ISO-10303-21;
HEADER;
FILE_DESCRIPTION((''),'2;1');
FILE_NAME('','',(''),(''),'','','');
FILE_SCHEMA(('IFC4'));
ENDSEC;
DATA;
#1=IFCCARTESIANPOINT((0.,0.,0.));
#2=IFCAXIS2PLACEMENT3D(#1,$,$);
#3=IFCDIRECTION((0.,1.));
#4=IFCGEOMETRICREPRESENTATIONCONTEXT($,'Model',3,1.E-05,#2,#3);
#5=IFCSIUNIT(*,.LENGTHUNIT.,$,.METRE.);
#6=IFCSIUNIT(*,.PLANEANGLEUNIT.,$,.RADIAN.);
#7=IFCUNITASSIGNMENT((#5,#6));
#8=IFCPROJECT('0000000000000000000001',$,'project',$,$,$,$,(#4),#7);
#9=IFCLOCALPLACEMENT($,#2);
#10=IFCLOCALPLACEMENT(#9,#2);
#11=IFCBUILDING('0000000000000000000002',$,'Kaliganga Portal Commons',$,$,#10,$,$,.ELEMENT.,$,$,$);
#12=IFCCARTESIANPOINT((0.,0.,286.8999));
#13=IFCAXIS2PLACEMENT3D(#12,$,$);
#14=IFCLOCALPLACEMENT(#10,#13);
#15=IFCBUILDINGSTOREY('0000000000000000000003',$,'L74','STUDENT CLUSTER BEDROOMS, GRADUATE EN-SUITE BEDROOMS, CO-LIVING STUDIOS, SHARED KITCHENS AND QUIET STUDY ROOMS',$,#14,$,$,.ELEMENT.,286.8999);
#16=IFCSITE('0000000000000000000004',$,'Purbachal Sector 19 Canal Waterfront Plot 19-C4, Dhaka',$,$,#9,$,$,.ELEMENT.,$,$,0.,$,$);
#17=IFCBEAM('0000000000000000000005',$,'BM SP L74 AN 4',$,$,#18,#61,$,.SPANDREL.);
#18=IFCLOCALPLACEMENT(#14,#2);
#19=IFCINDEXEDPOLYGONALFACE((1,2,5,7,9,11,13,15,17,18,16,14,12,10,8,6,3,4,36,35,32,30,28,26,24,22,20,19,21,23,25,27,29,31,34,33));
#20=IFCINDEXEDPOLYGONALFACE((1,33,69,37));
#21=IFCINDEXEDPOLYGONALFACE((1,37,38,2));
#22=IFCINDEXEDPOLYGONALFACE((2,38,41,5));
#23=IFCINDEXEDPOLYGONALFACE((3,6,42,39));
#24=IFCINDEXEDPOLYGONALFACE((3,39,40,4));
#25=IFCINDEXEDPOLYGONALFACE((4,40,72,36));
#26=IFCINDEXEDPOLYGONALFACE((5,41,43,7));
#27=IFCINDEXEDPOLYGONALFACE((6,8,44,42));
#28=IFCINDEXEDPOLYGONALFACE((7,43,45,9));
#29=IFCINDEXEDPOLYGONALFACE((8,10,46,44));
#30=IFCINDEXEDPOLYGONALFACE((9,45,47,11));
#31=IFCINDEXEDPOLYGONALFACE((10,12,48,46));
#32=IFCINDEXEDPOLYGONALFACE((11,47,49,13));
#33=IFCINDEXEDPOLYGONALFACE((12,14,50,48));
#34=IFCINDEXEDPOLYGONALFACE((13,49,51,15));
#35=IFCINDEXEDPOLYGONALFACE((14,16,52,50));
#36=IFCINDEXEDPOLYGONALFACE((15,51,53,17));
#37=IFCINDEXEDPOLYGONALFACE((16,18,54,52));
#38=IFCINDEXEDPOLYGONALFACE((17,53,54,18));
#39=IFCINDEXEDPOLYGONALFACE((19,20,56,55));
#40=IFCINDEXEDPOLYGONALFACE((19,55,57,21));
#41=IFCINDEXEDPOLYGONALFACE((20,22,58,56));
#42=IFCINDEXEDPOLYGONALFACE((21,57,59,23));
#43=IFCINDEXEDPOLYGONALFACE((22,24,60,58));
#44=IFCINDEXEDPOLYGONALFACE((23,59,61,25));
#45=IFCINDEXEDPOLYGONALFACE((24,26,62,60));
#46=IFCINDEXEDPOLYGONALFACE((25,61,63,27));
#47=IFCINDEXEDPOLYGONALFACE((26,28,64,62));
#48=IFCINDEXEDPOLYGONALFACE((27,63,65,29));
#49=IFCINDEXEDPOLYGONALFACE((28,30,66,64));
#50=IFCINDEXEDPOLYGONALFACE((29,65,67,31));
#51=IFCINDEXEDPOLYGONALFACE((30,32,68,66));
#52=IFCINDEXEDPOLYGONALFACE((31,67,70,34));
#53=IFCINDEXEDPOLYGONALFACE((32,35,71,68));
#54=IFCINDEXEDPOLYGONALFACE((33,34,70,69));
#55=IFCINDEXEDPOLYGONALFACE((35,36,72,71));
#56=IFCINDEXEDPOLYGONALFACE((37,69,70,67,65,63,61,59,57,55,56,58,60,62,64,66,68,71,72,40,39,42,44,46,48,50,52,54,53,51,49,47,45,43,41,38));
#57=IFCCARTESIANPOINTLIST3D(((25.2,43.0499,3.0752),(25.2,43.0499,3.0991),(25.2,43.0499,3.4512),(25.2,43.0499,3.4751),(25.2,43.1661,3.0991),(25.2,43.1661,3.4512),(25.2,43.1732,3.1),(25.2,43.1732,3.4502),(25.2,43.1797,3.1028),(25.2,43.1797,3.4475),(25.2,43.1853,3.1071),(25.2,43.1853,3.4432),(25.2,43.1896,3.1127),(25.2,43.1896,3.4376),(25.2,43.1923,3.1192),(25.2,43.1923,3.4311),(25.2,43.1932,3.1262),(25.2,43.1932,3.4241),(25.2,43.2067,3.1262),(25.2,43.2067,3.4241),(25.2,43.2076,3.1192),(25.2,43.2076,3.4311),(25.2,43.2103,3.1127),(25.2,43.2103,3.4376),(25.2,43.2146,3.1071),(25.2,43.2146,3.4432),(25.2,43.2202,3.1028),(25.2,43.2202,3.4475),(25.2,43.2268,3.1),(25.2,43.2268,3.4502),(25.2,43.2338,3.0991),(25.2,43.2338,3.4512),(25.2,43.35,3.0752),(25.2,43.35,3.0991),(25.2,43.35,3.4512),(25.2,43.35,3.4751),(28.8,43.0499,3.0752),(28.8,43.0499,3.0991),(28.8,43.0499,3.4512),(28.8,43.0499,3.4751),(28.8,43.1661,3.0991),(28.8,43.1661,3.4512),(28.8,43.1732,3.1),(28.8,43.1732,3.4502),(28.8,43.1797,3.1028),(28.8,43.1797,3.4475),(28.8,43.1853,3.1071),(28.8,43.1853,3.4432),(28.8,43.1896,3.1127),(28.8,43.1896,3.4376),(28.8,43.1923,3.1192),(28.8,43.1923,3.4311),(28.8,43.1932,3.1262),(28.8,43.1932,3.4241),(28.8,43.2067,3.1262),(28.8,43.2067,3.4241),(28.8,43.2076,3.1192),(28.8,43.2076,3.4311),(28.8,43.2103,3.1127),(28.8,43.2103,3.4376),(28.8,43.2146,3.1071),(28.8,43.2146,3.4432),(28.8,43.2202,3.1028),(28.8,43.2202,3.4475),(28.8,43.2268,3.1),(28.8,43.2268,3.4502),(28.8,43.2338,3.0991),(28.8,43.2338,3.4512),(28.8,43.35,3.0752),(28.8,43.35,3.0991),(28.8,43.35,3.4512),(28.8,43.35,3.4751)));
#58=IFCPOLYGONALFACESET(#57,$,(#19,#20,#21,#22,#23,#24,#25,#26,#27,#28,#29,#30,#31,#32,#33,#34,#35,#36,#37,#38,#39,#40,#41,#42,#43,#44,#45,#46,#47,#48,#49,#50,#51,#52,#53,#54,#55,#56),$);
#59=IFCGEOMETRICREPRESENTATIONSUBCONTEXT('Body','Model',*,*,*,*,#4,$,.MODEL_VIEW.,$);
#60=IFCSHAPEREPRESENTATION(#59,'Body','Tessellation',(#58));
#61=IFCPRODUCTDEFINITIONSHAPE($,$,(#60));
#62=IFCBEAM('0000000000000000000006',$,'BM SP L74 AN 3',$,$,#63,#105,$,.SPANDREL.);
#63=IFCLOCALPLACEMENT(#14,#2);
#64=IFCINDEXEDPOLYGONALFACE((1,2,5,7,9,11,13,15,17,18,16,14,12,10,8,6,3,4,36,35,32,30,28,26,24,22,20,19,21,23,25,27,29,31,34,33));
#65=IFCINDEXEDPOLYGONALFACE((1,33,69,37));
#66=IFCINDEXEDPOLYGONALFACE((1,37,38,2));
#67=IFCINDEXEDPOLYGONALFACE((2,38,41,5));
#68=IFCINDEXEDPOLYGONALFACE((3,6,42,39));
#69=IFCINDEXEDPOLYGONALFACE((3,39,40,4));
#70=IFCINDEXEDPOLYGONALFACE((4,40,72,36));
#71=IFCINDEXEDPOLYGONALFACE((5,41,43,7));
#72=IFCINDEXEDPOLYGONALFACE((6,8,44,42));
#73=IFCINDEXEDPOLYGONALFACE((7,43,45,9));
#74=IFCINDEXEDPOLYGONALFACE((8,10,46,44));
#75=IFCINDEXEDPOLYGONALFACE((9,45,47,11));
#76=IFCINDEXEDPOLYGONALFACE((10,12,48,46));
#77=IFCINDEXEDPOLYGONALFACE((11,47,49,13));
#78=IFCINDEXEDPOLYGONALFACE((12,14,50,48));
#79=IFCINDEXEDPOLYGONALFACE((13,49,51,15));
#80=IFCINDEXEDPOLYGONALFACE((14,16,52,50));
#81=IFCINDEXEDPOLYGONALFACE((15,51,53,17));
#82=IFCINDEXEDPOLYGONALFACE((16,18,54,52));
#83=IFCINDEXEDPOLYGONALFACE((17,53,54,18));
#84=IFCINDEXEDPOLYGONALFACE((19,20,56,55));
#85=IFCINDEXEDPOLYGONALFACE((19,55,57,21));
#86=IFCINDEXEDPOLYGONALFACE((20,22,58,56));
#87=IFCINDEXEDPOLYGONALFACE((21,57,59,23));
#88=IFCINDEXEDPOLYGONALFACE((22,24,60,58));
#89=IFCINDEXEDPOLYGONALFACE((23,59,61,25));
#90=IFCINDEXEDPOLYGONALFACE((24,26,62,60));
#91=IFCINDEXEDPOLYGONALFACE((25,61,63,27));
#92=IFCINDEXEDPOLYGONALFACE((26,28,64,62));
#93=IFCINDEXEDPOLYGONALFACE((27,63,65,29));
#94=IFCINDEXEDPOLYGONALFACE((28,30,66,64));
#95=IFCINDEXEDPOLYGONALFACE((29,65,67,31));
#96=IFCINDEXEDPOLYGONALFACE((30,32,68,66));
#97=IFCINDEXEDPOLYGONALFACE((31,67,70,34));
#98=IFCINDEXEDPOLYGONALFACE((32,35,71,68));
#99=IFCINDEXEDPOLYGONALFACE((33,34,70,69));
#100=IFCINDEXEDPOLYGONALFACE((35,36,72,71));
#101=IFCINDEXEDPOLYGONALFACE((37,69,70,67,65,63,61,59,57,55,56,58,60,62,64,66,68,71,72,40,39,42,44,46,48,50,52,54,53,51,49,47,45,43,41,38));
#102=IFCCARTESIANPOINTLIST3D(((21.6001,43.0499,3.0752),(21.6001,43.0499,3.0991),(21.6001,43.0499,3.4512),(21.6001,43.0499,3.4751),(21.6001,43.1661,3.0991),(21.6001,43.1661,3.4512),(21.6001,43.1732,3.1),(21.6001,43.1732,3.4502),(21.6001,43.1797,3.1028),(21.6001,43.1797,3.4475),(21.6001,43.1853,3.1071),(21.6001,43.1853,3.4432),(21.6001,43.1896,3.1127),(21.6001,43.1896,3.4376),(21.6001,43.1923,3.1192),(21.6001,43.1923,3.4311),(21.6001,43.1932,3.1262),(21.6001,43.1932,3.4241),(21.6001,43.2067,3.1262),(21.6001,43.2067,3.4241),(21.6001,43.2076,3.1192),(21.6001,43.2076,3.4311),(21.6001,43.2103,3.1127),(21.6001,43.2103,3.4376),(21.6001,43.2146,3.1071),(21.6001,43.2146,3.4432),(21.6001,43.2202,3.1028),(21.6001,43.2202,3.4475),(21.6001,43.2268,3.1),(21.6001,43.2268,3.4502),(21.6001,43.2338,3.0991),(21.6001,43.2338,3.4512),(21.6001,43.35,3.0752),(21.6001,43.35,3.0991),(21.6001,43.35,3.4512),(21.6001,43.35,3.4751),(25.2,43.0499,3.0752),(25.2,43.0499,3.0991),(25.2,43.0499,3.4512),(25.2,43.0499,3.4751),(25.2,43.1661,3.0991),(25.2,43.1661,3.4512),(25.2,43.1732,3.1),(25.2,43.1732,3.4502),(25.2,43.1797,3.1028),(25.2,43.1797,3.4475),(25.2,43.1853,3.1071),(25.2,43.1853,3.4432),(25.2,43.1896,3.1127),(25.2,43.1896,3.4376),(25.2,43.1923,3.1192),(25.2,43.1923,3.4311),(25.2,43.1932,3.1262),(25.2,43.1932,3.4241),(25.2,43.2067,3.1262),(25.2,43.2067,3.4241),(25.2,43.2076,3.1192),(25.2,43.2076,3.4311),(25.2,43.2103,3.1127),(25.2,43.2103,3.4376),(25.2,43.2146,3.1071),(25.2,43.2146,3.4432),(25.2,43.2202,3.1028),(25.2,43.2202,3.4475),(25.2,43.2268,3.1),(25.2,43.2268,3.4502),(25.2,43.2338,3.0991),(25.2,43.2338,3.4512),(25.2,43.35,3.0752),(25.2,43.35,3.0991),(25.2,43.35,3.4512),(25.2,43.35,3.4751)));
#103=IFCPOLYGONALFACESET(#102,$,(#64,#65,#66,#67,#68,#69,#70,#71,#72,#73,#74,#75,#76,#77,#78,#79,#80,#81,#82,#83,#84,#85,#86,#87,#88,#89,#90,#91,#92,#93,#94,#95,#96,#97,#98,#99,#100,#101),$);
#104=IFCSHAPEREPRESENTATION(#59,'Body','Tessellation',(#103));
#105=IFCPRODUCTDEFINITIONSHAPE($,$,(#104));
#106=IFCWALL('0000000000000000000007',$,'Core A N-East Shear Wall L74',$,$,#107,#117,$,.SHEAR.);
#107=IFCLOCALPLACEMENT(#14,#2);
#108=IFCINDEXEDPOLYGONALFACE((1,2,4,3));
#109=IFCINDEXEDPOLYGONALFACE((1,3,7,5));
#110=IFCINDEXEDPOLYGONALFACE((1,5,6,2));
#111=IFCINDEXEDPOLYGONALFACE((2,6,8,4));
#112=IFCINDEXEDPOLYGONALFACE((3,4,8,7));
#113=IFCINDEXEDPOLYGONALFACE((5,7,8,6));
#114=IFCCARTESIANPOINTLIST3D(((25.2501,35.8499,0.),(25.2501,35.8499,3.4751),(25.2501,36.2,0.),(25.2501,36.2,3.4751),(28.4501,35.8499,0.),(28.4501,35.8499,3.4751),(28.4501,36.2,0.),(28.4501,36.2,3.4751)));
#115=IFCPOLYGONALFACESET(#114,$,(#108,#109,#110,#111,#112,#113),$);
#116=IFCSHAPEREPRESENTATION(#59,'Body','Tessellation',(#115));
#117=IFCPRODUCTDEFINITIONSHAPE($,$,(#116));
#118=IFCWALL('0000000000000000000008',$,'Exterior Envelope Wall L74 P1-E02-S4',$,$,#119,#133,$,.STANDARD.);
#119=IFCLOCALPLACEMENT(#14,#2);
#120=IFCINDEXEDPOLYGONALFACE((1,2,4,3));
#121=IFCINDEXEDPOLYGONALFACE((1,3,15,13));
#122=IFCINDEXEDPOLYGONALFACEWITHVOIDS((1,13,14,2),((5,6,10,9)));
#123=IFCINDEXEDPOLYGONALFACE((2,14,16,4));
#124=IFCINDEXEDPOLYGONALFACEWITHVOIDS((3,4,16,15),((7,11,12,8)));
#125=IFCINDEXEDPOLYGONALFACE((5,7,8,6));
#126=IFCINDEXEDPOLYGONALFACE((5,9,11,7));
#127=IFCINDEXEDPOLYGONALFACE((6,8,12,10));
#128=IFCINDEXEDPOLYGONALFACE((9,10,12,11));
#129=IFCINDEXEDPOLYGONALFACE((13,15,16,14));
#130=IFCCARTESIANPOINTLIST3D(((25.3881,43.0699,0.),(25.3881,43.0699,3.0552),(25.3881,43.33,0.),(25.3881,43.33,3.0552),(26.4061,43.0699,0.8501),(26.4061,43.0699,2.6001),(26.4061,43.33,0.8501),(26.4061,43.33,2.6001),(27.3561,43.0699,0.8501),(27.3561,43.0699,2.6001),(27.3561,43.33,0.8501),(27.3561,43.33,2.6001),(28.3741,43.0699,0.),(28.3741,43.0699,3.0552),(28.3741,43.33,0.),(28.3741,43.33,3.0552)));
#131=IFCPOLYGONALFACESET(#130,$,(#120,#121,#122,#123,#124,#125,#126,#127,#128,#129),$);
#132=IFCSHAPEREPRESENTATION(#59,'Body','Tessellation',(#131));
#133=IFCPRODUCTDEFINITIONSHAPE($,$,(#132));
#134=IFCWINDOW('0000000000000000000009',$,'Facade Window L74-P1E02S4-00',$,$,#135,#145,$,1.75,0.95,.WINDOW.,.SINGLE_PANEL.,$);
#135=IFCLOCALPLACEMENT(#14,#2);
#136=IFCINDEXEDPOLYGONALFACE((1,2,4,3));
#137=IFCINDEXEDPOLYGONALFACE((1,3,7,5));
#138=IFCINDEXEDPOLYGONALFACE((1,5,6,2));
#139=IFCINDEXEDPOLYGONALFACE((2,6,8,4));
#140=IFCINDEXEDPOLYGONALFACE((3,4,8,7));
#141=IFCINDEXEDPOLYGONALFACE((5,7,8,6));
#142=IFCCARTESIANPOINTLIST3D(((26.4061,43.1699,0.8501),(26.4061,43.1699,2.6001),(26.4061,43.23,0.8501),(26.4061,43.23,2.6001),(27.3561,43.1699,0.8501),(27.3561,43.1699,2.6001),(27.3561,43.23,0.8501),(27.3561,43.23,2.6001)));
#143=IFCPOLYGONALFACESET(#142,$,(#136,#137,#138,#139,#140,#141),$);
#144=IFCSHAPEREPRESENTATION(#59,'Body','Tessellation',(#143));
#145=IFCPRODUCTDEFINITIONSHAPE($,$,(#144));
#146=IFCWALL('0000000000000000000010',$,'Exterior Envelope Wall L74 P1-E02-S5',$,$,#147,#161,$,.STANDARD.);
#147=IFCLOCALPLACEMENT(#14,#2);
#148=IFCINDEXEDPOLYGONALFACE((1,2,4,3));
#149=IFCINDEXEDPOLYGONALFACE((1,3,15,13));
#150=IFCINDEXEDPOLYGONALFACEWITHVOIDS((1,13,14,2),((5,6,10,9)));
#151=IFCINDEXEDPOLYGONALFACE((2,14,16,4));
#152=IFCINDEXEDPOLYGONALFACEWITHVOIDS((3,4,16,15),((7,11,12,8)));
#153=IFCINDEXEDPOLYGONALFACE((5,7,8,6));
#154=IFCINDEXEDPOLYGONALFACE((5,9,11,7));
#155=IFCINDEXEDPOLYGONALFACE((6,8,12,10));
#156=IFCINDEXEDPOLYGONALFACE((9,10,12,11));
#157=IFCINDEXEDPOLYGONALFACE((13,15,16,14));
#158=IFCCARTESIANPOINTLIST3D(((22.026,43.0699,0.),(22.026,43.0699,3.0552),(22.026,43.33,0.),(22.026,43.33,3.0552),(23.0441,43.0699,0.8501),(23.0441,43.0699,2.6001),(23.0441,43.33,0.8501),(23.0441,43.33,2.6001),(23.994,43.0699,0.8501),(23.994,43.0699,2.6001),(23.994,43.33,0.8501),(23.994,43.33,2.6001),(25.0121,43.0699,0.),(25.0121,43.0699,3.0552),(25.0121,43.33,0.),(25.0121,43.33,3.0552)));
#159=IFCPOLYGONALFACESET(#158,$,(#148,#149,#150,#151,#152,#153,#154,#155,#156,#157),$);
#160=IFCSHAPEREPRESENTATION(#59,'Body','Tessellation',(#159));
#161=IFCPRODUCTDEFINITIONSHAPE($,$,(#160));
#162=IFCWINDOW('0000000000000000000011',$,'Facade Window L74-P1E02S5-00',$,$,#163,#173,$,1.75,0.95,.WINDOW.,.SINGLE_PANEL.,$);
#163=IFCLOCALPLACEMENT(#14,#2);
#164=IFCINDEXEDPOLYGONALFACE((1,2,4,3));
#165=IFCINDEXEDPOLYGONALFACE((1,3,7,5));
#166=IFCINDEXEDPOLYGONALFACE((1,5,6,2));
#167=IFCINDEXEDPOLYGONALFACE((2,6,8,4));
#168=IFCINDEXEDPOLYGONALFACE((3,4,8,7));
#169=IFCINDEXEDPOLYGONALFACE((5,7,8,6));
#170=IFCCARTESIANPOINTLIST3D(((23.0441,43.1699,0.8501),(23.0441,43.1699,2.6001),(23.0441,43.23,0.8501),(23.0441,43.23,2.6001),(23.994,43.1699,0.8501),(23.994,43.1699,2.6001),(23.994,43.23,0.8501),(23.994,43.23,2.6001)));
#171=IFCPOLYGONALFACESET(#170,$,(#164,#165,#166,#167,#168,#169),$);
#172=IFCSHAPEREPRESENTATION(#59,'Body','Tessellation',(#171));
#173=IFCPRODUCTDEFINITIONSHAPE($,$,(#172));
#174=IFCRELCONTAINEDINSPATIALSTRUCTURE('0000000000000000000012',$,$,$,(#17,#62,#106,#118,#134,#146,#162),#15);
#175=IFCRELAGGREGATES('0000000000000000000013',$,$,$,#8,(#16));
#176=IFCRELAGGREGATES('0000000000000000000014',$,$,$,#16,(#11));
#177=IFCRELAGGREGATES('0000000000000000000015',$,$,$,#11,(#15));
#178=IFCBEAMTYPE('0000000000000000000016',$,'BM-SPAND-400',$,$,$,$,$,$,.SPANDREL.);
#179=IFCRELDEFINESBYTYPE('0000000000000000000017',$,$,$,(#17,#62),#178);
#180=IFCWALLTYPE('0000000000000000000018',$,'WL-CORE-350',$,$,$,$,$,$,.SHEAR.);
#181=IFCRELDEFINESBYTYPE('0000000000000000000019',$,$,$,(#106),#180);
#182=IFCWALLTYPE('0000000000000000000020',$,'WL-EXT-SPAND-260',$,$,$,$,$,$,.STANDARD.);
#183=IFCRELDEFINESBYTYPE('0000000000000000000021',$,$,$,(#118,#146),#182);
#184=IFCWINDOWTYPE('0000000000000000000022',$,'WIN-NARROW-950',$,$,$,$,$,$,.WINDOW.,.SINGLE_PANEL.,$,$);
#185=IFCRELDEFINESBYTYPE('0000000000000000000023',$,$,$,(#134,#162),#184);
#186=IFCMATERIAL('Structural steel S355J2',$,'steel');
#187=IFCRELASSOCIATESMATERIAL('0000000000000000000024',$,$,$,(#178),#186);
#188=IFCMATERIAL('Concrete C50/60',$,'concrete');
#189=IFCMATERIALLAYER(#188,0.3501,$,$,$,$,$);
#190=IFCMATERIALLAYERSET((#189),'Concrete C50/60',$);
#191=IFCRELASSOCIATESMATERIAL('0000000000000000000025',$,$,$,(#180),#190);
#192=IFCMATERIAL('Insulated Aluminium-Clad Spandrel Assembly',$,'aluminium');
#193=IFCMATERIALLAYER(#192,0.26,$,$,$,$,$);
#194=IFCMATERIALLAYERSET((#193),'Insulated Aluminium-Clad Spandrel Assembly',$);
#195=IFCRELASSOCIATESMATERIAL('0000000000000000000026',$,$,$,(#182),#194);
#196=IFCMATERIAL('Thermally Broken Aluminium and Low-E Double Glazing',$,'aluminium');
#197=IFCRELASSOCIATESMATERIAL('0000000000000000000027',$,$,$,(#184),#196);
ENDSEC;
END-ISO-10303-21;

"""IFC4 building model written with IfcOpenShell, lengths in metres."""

from ifc_helpers import new_model, si_unit, direction, frame, frame_2d, origin, origin_2d, place, context, subcontext, project, spatial, rectangle, i_section, extrude, source, transform, mapped, material, layer, layer_set, material_profile, profile_set, type_object, element, fill, save


model = new_model("IFC4")

# Units and contexts
model_context = context("Model", 3, precision=1e-05, world=origin(), true_north=direction((0.0, 1.0)))
body_context = subcontext(model_context, "Body", "Model", "MODEL_VIEW")
ifc_project = project(units=[si_unit("LENGTHUNIT", "METRE"), si_unit("PLANEANGLEUNIT", "RADIAN")], contexts=[model_context])

# Site, building, storey
site_placement = place(None, origin())
site = spatial("IfcSite", under=ifc_project, at=site_placement, Name="Purbachal Sector 19 Canal Waterfront Plot 19-C4, Dhaka", CompositionType="ELEMENT", RefElevation=0.0)
building_placement = place(site_placement, origin())
building = spatial("IfcBuilding", under=site, at=building_placement, Name="Kaliganga Portal Commons", CompositionType="ELEMENT")
storey_placement = place(building_placement, frame((0.0, 0.0, 286.8999)))
storey = spatial("IfcBuildingStorey", under=building, at=storey_placement, Name="L74", Description="STUDENT CLUSTER BEDROOMS, GRADUATE EN-SUITE BEDROOMS, CO-LIVING STUDIOS, SHARED KITCHENS AND QUIET STUDY ROOMS", CompositionType="ELEMENT", Elevation=286.8999)

# Shared definitions
ifc_material_1 = material(Name="Concrete C50/60", Category="concrete")
ifc_material_2 = material(Name="Structural steel S355J2", Category="steel")

# Beams
ifc_material_profile_1 = material_profile(ifc_material_2, i_section(OverallWidth=0.3, OverallDepth=0.3999, WebThickness=0.0134, FlangeThickness=0.0239, FilletRadius=0.0271, at=origin_2d()), Name="HE 400 B")
ifc_profile_set_1 = profile_set([ifc_material_profile_1], Name="Structural steel S355J2 wide-flange")
beam_type = type_object("IfcBeamType", Name="BM-SPAND-400", PredefinedType="SPANDREL", material=ifc_profile_set_1)
shared_shape_1 = source(origin(), body_context, "Body", "SweptSolid", [
    extrude(i_section(OverallWidth=0.3, OverallDepth=0.3999, WebThickness=0.0134, FlangeThickness=0.0239, FilletRadius=0.0271, at=origin_2d()), origin(), (0.0, 0.0, 1.0), 3.6001),
])
for number, where, z_axis, x_axis, name in (
    (1, (25.2, 43.2, 3.2751), (1.0, 0.0, 0.0), (0.0, 1.0, 0.0), "BM SP L74 AN 4"),
):
    element("IfcBeam", number, at=place(storey_placement, frame(where, z_axis=z_axis, x_axis=x_axis)), inside=storey, type_object=beam_type, Name=name, PredefinedType="SPANDREL", context=body_context, shape_type="MappedRepresentation", body=[
        mapped(shared_shape_1, transform((0.0, 0.0, 0.0), x_axis=(1.0, 0.0, 0.0), y_axis=(0.0, 1.0, 0.0), z_axis=(0.0, 0.0, 1.0), scale=1.0)),
    ])
shared_shape_2 = source(origin(), body_context, "Body", "SweptSolid", [
    extrude(i_section(OverallWidth=0.3, OverallDepth=0.3999, WebThickness=0.0134, FlangeThickness=0.0239, FilletRadius=0.0271, at=origin_2d()), origin(), (0.0, 0.0, 1.0), 3.5999),
])
beam_placement = place(storey_placement, frame((21.6001, 43.2, 3.2751), z_axis=(1.0, 0.0, 0.0), x_axis=(0.0, 1.0, 0.0)))
element("IfcBeam", 2, at=beam_placement, inside=storey, type_object=beam_type, Name="BM SP L74 AN 3", PredefinedType="SPANDREL", context=body_context, shape_type="MappedRepresentation", body=[
    mapped(shared_shape_2, transform((0.0, 0.0, 0.0), x_axis=(1.0, 0.0, 0.0), y_axis=(0.0, 1.0, 0.0), z_axis=(0.0, 0.0, 1.0), scale=1.0)),
])

# Wall
ifc_layer_1 = layer(ifc_material_1, 0.3501)
ifc_layer_set_1 = layer_set([ifc_layer_1], Name="Concrete C50/60")
wall_type_1 = type_object("IfcWallType", Name="WL-CORE-350", PredefinedType="SHEAR", material=ifc_layer_set_1)
wall_1_placement = place(storey_placement, frame((25.25, 36.0249, 0.0), z_axis=(0.0, 0.0, 1.0), x_axis=(1.0, 0.0, 0.0)))
element("IfcWall", 3, at=wall_1_placement, inside=storey, type_object=wall_type_1, Name="Core A N-East Shear Wall L74", PredefinedType="SHEAR", context=body_context, shape_type="SweptSolid", body=[
    extrude(rectangle(XDim=3.2, YDim=0.3501, at=frame_2d((1.6001, 0.0))), origin(), (0.0, 0.0, 1.0), 3.4751),
])

# Walls, openings, windows
ifc_material_3 = material(Name="Insulated Aluminium-Clad Spandrel Assembly", Category="aluminium")
ifc_layer_2 = layer(ifc_material_3, 0.26)
ifc_layer_set_2 = layer_set([ifc_layer_2], Name="Insulated Aluminium-Clad Spandrel Assembly")
wall_type_2 = type_object("IfcWallType", Name="WL-EXT-SPAND-260", PredefinedType="STANDARD", material=ifc_layer_set_2)
wall_2_placement = place(storey_placement, frame((25.3879, 43.2, 0.0), z_axis=(0.0, 0.0, 1.0), x_axis=(1.0, 0.0, 0.0)))
wall_2 = element("IfcWall", 4, at=wall_2_placement, inside=storey, type_object=wall_type_2, Name="Exterior Envelope Wall L74 P1-E02-S4", PredefinedType="STANDARD", context=body_context, shape_type="SweptSolid", body=[
    extrude(rectangle(XDim=2.9861, YDim=0.26, at=frame_2d((1.4932, 0.0))), origin(), (0.0, 0.0, 1.0), 3.0552),
])
opening_1_placement = place(wall_2_placement, frame((1.0181, 0.0, 0.8501)))
opening_1 = element("IfcOpeningElement", 5, at=opening_1_placement, cuts=wall_2, PredefinedType="OPENING", context=body_context, shape_type="SweptSolid", body=[
    extrude(rectangle(XDim=0.95, YDim=1.75, at=frame_2d((0.4751, 0.875))), frame((0.0, 0.1401, 0.0), z_axis=(0.0, -1.0, 0.0), x_axis=(1.0, 0.0, 0.0)), (0.0, 0.0, 1.0), 0.28),
])
ifc_material_4 = material(Name="Thermally Broken Aluminium and Low-E Double Glazing", Category="aluminium")
window_type = type_object("IfcWindowType", Name="WIN-NARROW-950", PartitioningType="SINGLE_PANEL", PredefinedType="WINDOW", material=ifc_material_4)
window_1_placement = place(opening_1_placement, origin())
window_1 = element("IfcWindow", 6, at=window_1_placement, inside=storey, type_object=window_type, Name="Facade Window L74-P1E02S4-00", OverallHeight=1.75, OverallWidth=0.95, PartitioningType="SINGLE_PANEL", PredefinedType="WINDOW", context=body_context, shape_type="SweptSolid", body=[
    extrude(rectangle(XDim=0.95, YDim=1.75, at=frame_2d((0.4751, 0.875))), frame((0.0, 0.03, 0.0), z_axis=(0.0, -1.0, 0.0), x_axis=(1.0, 0.0, 0.0)), (0.0, 0.0, 1.0), 0.0601),
])
fill(opening_1, window_1)
wall_3_placement = place(storey_placement, frame((22.0259, 43.2, 0.0), z_axis=(0.0, 0.0, 1.0), x_axis=(1.0, 0.0, 0.0)))
wall_3 = element("IfcWall", 7, at=wall_3_placement, inside=storey, type_object=wall_type_2, Name="Exterior Envelope Wall L74 P1-E02-S5", PredefinedType="STANDARD", context=body_context, shape_type="SweptSolid", body=[
    extrude(rectangle(XDim=2.9861, YDim=0.26, at=frame_2d((1.4932, 0.0))), origin(), (0.0, 0.0, 1.0), 3.0552),
])
opening_2_placement = place(wall_3_placement, frame((1.0181, 0.0, 0.8501)))
opening_2 = element("IfcOpeningElement", 8, at=opening_2_placement, cuts=wall_3, PredefinedType="OPENING", context=body_context, shape_type="SweptSolid", body=[
    extrude(rectangle(XDim=0.95, YDim=1.75, at=frame_2d((0.4751, 0.875))), frame((0.0, 0.1401, 0.0), z_axis=(0.0, -1.0, 0.0), x_axis=(1.0, 0.0, 0.0)), (0.0, 0.0, 1.0), 0.28),
])
window_2_placement = place(opening_2_placement, origin())
window_2 = element("IfcWindow", 9, at=window_2_placement, inside=storey, type_object=window_type, Name="Facade Window L74-P1E02S5-00", OverallHeight=1.75, OverallWidth=0.95, PartitioningType="SINGLE_PANEL", PredefinedType="WINDOW", context=body_context, shape_type="SweptSolid", body=[
    extrude(rectangle(XDim=0.95, YDim=1.75, at=frame_2d((0.4751, 0.875))), frame((0.0, 0.03, 0.0), z_axis=(0.0, -1.0, 0.0), x_axis=(1.0, 0.0, 0.0)), (0.0, 0.0, 1.0), 0.0601),
])
fill(opening_2, window_2)

save(model, "model.ifc")
